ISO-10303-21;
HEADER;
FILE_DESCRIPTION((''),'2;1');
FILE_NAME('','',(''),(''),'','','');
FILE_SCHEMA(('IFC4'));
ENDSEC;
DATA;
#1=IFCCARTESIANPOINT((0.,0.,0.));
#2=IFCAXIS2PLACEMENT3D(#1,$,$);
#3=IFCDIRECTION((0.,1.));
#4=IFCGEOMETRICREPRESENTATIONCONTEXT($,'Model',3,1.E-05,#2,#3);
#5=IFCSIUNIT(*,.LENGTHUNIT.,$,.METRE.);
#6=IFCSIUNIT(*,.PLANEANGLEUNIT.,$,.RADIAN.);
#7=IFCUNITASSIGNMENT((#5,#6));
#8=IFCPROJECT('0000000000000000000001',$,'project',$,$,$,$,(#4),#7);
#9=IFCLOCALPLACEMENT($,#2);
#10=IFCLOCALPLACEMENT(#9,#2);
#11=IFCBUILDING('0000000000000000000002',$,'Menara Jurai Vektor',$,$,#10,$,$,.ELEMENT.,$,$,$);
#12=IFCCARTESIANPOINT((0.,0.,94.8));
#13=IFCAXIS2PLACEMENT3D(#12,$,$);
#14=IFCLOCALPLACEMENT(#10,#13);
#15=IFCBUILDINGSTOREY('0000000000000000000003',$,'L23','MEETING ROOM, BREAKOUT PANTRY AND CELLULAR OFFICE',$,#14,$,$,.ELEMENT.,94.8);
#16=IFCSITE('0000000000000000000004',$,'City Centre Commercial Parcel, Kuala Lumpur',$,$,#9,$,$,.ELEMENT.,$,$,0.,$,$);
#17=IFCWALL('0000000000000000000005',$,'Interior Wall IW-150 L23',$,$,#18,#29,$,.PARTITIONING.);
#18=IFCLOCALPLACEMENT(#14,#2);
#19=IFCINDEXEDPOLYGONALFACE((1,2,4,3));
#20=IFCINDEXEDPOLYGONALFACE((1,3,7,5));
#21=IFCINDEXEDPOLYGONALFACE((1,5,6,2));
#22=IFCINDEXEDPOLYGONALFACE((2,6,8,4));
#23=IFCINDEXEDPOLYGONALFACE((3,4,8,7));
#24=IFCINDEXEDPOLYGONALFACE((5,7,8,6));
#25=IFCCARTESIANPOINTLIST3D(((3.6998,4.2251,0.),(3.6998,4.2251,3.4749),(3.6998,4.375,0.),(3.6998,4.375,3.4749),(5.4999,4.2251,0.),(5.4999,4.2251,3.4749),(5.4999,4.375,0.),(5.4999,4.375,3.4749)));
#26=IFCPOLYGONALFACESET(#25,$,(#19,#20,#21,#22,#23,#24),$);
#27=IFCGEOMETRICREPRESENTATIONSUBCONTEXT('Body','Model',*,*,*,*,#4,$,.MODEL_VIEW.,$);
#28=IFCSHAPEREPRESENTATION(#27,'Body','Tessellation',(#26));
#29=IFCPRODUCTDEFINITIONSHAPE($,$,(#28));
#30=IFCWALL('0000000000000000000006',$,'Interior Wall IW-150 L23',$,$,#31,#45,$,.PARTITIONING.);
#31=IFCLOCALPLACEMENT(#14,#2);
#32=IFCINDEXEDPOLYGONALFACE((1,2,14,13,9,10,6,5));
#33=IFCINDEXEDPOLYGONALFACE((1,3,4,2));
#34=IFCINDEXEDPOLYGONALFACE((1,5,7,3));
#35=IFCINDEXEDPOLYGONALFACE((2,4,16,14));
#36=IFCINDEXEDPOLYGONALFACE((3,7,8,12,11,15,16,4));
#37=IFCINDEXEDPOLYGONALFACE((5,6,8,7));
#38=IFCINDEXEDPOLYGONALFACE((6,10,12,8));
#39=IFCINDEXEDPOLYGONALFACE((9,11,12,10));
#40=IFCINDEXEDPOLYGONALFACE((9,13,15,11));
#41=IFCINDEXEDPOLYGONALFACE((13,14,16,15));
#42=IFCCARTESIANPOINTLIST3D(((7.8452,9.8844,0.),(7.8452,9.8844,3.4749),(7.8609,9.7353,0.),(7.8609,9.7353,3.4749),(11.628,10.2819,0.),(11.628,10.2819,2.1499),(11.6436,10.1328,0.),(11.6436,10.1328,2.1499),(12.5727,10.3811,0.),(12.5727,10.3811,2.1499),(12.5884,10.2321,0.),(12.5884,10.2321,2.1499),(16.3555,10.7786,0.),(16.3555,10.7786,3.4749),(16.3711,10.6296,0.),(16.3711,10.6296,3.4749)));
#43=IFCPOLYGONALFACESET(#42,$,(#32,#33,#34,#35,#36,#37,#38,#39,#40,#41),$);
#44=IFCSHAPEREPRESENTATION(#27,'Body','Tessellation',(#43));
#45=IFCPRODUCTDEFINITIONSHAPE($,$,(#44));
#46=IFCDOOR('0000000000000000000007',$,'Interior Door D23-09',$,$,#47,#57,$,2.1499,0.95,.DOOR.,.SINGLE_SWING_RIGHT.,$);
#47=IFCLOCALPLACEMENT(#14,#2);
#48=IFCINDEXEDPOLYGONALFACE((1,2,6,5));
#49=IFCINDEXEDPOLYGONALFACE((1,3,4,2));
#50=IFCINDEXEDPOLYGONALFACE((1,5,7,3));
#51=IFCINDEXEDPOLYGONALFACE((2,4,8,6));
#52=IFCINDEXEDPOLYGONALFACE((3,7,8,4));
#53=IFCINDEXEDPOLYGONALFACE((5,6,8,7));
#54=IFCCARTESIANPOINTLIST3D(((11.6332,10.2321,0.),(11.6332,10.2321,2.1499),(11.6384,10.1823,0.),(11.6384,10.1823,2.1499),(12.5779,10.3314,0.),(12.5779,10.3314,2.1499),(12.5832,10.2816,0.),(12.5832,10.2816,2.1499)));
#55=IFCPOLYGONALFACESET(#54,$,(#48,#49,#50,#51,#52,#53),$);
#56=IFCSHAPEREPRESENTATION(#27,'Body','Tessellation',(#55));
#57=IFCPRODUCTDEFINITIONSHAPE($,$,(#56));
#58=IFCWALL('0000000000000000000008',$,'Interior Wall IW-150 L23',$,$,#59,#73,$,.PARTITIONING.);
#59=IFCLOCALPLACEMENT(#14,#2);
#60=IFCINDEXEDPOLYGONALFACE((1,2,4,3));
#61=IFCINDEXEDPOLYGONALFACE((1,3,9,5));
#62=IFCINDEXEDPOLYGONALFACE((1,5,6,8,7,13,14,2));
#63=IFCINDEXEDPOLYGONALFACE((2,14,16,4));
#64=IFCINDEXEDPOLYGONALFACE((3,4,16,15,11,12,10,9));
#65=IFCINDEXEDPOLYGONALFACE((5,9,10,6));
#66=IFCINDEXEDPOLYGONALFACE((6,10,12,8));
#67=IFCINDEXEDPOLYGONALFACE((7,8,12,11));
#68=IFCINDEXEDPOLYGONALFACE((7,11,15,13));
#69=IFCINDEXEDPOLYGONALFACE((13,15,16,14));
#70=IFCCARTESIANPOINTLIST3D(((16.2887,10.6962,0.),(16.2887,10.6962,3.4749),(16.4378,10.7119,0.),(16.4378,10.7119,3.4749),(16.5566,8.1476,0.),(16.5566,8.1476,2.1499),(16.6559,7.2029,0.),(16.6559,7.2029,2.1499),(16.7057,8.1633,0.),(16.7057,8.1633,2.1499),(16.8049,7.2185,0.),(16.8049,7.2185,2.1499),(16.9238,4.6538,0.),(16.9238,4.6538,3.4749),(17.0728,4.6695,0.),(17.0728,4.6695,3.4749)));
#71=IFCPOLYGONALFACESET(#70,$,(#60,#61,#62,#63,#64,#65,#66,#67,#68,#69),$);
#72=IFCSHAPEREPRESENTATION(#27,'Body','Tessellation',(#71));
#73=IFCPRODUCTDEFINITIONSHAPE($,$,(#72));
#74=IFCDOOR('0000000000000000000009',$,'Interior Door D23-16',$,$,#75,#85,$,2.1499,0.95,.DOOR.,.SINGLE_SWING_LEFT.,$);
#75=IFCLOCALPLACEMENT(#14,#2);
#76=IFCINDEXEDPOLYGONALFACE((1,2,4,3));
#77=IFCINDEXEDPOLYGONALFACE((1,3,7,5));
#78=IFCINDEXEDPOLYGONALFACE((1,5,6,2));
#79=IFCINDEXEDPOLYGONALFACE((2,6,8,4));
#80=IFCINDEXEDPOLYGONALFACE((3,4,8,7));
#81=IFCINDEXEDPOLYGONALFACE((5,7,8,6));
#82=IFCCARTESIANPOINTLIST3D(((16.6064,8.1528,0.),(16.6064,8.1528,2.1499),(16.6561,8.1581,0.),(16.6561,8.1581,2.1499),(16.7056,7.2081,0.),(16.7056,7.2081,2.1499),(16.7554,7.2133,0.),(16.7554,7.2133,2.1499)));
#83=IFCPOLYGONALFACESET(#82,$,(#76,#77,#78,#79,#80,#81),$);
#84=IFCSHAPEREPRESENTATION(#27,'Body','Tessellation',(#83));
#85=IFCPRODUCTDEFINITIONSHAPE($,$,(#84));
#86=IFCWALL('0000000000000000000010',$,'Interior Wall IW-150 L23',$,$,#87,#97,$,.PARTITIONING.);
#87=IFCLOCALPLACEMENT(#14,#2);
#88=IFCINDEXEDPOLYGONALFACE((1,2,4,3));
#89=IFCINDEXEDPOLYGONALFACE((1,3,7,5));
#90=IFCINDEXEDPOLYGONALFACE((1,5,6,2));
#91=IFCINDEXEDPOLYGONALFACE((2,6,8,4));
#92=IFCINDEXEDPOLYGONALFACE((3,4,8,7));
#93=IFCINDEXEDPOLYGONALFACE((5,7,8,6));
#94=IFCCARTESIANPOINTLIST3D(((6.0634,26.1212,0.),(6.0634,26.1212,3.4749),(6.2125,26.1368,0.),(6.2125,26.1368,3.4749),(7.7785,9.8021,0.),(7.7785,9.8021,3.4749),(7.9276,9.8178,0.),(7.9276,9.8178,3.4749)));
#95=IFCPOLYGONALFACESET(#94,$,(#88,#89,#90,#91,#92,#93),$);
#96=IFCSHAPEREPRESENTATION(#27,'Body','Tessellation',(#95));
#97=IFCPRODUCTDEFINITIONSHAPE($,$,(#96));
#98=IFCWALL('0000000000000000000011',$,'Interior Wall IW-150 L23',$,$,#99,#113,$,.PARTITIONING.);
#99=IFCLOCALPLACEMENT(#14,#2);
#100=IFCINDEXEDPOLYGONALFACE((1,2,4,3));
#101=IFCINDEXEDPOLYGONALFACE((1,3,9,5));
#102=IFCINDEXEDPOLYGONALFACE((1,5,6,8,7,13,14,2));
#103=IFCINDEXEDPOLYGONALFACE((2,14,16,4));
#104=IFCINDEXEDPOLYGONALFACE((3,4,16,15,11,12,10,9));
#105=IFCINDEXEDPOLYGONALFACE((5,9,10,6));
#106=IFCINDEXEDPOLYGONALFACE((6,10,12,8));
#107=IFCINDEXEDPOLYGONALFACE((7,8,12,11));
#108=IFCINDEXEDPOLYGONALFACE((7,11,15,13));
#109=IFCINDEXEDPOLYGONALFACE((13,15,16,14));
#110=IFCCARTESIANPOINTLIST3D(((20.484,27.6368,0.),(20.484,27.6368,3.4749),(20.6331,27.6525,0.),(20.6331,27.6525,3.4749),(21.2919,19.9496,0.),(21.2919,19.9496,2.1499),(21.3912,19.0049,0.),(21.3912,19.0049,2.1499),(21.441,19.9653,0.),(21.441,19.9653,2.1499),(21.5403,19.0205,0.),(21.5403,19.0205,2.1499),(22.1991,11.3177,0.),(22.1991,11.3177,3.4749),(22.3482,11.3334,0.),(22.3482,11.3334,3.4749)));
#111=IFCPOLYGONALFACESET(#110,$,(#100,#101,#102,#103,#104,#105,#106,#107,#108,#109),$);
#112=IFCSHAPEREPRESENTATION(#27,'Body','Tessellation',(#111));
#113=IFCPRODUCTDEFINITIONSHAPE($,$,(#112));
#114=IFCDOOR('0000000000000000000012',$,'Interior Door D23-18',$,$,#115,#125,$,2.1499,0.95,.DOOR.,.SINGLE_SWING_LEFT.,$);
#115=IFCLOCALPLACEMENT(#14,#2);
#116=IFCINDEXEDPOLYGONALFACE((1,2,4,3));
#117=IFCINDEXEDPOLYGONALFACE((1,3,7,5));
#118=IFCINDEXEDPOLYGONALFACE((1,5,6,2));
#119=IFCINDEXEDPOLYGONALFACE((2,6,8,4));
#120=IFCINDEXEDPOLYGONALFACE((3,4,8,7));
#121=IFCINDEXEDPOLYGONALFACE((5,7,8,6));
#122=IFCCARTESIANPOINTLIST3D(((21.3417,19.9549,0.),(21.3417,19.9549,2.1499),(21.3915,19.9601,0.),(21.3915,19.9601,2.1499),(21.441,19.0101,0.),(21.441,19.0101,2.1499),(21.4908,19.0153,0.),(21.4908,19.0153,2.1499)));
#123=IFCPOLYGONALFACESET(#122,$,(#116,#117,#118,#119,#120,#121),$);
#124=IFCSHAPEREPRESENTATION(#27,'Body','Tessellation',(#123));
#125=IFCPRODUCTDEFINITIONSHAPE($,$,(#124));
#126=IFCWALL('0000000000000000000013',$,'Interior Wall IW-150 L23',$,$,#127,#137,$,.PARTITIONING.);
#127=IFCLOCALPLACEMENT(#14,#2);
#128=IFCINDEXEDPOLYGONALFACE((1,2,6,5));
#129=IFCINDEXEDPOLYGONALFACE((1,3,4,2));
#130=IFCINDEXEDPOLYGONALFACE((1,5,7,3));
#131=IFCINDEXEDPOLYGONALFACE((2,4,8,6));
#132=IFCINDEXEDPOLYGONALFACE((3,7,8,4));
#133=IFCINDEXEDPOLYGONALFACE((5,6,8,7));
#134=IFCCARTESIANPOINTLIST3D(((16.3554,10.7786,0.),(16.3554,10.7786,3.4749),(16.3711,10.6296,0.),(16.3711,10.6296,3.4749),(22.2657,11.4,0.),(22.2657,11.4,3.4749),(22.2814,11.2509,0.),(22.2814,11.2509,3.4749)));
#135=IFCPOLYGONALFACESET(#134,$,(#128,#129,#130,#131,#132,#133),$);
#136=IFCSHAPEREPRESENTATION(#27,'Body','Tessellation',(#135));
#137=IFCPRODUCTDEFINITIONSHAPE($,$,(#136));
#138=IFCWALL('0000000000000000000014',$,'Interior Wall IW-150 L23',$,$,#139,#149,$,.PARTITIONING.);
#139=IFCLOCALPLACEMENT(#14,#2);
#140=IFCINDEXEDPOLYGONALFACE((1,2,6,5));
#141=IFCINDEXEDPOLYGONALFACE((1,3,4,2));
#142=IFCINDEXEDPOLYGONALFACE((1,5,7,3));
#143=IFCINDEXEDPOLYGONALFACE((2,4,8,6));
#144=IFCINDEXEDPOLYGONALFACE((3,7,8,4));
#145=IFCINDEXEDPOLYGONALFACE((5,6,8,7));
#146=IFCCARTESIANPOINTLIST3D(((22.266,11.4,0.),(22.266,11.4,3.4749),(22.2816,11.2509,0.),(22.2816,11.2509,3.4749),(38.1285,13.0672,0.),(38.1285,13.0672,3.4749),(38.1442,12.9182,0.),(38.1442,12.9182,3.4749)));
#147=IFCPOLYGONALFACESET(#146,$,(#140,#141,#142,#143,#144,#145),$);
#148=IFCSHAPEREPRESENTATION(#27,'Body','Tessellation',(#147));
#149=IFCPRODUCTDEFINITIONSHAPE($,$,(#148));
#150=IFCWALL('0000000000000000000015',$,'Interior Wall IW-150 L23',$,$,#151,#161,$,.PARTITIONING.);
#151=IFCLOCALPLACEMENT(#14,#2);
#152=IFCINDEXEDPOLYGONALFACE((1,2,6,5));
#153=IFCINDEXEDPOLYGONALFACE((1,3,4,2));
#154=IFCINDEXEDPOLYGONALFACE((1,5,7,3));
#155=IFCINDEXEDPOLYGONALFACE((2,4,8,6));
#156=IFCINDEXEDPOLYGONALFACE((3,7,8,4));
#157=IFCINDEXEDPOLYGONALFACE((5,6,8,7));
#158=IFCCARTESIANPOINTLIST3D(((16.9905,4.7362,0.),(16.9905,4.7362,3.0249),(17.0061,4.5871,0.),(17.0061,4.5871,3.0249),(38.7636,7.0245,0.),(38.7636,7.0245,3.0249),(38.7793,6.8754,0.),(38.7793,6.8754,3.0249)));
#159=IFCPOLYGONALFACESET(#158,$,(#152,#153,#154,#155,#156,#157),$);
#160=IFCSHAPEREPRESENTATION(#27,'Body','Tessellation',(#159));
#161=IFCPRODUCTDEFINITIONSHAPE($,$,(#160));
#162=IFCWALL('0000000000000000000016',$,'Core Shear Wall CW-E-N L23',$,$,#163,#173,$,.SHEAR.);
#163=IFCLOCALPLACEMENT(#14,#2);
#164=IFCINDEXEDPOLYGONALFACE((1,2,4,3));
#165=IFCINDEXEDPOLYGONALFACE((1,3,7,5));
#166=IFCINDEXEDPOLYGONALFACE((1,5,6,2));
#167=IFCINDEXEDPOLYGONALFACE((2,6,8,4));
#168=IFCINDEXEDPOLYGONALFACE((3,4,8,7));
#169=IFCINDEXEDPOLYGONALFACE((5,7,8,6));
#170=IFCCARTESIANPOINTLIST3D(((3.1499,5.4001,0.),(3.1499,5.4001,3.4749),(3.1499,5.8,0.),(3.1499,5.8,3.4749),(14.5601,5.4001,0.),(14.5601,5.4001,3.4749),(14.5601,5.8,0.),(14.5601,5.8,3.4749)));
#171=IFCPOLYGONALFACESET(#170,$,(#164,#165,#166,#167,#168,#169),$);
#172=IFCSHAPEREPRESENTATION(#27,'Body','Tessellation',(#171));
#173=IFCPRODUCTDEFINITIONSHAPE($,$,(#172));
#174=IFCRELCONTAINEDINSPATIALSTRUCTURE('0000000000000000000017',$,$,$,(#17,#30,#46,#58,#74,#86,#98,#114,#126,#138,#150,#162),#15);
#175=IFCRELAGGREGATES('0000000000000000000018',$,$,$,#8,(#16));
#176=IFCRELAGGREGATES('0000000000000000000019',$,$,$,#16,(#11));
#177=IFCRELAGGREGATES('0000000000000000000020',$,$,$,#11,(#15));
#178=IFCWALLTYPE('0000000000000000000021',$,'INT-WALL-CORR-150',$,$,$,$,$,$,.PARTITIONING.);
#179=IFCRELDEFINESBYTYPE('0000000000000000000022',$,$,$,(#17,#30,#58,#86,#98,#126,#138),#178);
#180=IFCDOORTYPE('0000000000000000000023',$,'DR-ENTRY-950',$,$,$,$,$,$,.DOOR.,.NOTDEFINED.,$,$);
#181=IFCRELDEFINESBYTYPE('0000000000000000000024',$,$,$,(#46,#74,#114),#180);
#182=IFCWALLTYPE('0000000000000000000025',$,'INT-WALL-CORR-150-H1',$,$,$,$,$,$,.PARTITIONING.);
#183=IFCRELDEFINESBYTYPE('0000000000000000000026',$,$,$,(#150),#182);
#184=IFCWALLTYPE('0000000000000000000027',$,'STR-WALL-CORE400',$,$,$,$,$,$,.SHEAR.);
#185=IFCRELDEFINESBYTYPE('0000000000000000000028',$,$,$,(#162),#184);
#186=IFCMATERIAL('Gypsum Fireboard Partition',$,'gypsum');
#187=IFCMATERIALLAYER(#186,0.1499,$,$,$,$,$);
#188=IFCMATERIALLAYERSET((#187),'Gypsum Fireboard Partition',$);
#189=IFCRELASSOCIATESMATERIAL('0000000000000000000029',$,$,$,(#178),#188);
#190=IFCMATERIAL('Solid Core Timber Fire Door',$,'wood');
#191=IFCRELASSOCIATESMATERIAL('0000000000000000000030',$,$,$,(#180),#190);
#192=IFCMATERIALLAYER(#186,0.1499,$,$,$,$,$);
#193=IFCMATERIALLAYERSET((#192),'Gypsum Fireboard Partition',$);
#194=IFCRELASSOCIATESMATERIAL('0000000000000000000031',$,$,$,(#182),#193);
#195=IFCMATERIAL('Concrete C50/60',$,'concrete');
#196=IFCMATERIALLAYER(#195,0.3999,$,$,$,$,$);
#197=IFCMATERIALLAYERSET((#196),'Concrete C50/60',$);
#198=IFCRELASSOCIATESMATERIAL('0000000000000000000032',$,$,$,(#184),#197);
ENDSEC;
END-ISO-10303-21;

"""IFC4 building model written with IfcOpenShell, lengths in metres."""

from ifc_helpers import new_model, si_unit, direction, frame, frame_2d, origin, place, context, subcontext, project, spatial, rectangle, extrude, material, layer, layer_set, type_object, element, fill, save


model = new_model("IFC4")

# Units and contexts
model_context = context("Model", 3, precision=1e-05, world=origin(), true_north=direction((0.0, 1.0)))
body_context = subcontext(model_context, "Body", "Model", "MODEL_VIEW")
ifc_project = project(units=[si_unit("LENGTHUNIT", "METRE"), si_unit("PLANEANGLEUNIT", "RADIAN")], contexts=[model_context])

# Site, building, storey
site_placement = place(None, origin())
site = spatial("IfcSite", under=ifc_project, at=site_placement, Name="City Centre Commercial Parcel, Kuala Lumpur", CompositionType="ELEMENT", RefElevation=0.0)
building_placement = place(site_placement, origin())
building = spatial("IfcBuilding", under=site, at=building_placement, Name="Menara Jurai Vektor", CompositionType="ELEMENT")
storey_placement = place(building_placement, frame((0.0, 0.0, 94.8)))
storey = spatial("IfcBuildingStorey", under=building, at=storey_placement, Name="L23", Description="MEETING ROOM, BREAKOUT PANTRY AND CELLULAR OFFICE", CompositionType="ELEMENT", Elevation=94.8)

# Shared definitions
ifc_material_1 = material(Name="Concrete C50/60", Category="concrete")

# Wall
ifc_material_2 = material(Name="Gypsum Fireboard Partition", Category="gypsum")
ifc_layer_1 = layer(ifc_material_2, 0.1499)
ifc_layer_set_1 = layer_set([ifc_layer_1], Name="Gypsum Fireboard Partition")
wall_type_1 = type_object("IfcWallType", Name="INT-WALL-CORR-150", PredefinedType="PARTITIONING", material=ifc_layer_set_1)
wall_1_placement = place(storey_placement, frame((3.7, 4.3, 0.0), z_axis=(0.0, 0.0, 1.0), x_axis=(1.0, 0.0, 0.0)))
element("IfcWall", 1, at=wall_1_placement, inside=storey, type_object=wall_type_1, Name="Interior Wall IW-150 L23", PredefinedType="PARTITIONING", context=body_context, shape_type="SweptSolid", body=[
    extrude(rectangle(XDim=1.8, YDim=0.1499, at=frame_2d((0.8999, 0.0))), origin(), (0.0, 0.0, 1.0), 3.4749),
])

# Walls, openings, doors
wall_2_placement = place(storey_placement, frame((7.853, 9.8098, 0.0), z_axis=(0.0, 0.0, 1.0), x_axis=(0.994524, 0.104508, 0.0)))
wall_2 = element("IfcWall", 2, at=wall_2_placement, inside=storey, type_object=wall_type_1, Name="Interior Wall IW-150 L23", PredefinedType="PARTITIONING", context=body_context, shape_type="SweptSolid", body=[
    extrude(rectangle(XDim=8.5571, YDim=0.1499, at=frame_2d((4.2786, 0.0))), origin(), (0.0, 0.0, 1.0), 3.4749),
])
opening_1_placement = place(wall_2_placement, frame((3.8035, 0.0, 0.0)))
opening_1 = element("IfcOpeningElement", 3, at=opening_1_placement, cuts=wall_2, PredefinedType="OPENING", context=body_context, shape_type="SweptSolid", body=[
    extrude(rectangle(XDim=0.95, YDim=2.1499, at=frame_2d((0.4751, 1.075))), frame((0.0, 0.085, 0.0), z_axis=(0.0, -1.0, 0.0), x_axis=(1.0, 0.0, 0.0)), (0.0, 0.0, 1.0), 0.1699),
])
ifc_material_3 = material(Name="Solid Core Timber Fire Door", Category="wood")
door_type_1 = type_object("IfcDoorType", Name="DR-ENTRY-950", OperationType="NOTDEFINED", PredefinedType="DOOR", material=ifc_material_3)
door_1_placement = place(opening_1_placement, origin())
door_1 = element("IfcDoor", 4, at=door_1_placement, inside=storey, type_object=door_type_1, Name="Interior Door D23-09", OperationType="SINGLE_SWING_RIGHT", OverallHeight=2.1499, OverallWidth=0.95, PredefinedType="DOOR", context=body_context, shape_type="SweptSolid", body=[
    extrude(rectangle(XDim=0.95, YDim=2.1499, at=frame_2d((0.4751, 1.075))), frame((0.0, 0.0249, 0.0), z_axis=(0.0, -1.0, 0.0), x_axis=(1.0, 0.0, 0.0)), (0.0, 0.0, 1.0), 0.05),
])
fill(opening_1, door_1)
wall_3_placement = place(storey_placement, frame((16.9983, 4.6616, 0.0), z_axis=(0.0, 0.0, 1.0), x_axis=(-0.104515, 0.994523, 0.0)))
wall_3 = element("IfcWall", 5, at=wall_3_placement, inside=storey, type_object=wall_type_1, Name="Interior Wall IW-150 L23", PredefinedType="PARTITIONING", context=body_context, shape_type="SweptSolid", body=[
    extrude(rectangle(XDim=6.0757, YDim=0.1499, at=frame_2d((3.0378, 0.0))), origin(), (0.0, 0.0, 1.0), 3.4749),
])
opening_2_placement = place(wall_3_placement, frame((2.563, 0.0, 0.0)))
opening_2 = element("IfcOpeningElement", 6, at=opening_2_placement, cuts=wall_3, PredefinedType="OPENING", context=body_context, shape_type="SweptSolid", body=[
    extrude(rectangle(XDim=0.95, YDim=2.1499, at=frame_2d((0.4751, 1.075))), frame((0.0, 0.085, 0.0), z_axis=(0.0, -1.0, 0.0), x_axis=(1.0, 0.0, 0.0)), (0.0, 0.0, 1.0), 0.1699),
])
door_2_placement = place(opening_2_placement, origin())
door_2 = element("IfcDoor", 7, at=door_2_placement, inside=storey, type_object=door_type_1, Name="Interior Door D23-16", OperationType="SINGLE_SWING_LEFT", OverallHeight=2.1499, OverallWidth=0.95, PredefinedType="DOOR", context=body_context, shape_type="SweptSolid", body=[
    extrude(rectangle(XDim=0.95, YDim=2.1499, at=frame_2d((0.4751, 1.075))), frame((0.0, 0.0249, 0.0), z_axis=(0.0, -1.0, 0.0), x_axis=(1.0, 0.0, 0.0)), (0.0, 0.0, 1.0), 0.05),
])
fill(opening_2, door_2)

# Wall
wall_4_placement = place(storey_placement, frame((7.853, 9.8098, 0.0), z_axis=(0.0, 0.0, 1.0), x_axis=(-0.104521, 0.994523, 0.0)))
element("IfcWall", 8, at=wall_4_placement, inside=storey, type_object=wall_type_1, Name="Interior Wall IW-150 L23", PredefinedType="PARTITIONING", context=body_context, shape_type="SweptSolid", body=[
    extrude(rectangle(XDim=16.4089, YDim=0.1499, at=frame_2d((8.2046, 0.0))), origin(), (0.0, 0.0, 1.0), 3.4749),
])

# Wall, opening, door
wall_5_placement = place(storey_placement, frame((22.2737, 11.3254, 0.0), z_axis=(0.0, 0.0, 1.0), x_axis=(-0.104521, 0.994523, 0.0)))
wall_5 = element("IfcWall", 9, at=wall_5_placement, inside=storey, type_object=wall_type_1, Name="Interior Wall IW-150 L23", PredefinedType="PARTITIONING", context=body_context, shape_type="SweptSolid", body=[
    extrude(rectangle(XDim=16.4089, YDim=0.1499, at=frame_2d((8.2046, 0.0))), origin(), (0.0, 0.0, 1.0), 3.4749),
])
opening_3_placement = place(wall_5_placement, frame((7.7295, 0.0, 0.0)))
opening_3 = element("IfcOpeningElement", 10, at=opening_3_placement, cuts=wall_5, PredefinedType="OPENING", context=body_context, shape_type="SweptSolid", body=[
    extrude(rectangle(XDim=0.95, YDim=2.1499, at=frame_2d((0.4751, 1.075))), frame((0.0, 0.085, 0.0), z_axis=(0.0, -1.0, 0.0), x_axis=(1.0, 0.0, 0.0)), (0.0, 0.0, 1.0), 0.1699),
])
door_3_placement = place(opening_3_placement, origin())
door_3 = element("IfcDoor", 11, at=door_3_placement, inside=storey, type_object=door_type_1, Name="Interior Door D23-18", OperationType="SINGLE_SWING_LEFT", OverallHeight=2.1499, OverallWidth=0.95, PredefinedType="DOOR", context=body_context, shape_type="SweptSolid", body=[
    extrude(rectangle(XDim=0.95, YDim=2.1499, at=frame_2d((0.4751, 1.075))), frame((0.0, 0.0249, 0.0), z_axis=(0.0, -1.0, 0.0), x_axis=(1.0, 0.0, 0.0)), (0.0, 0.0, 1.0), 0.05),
])
fill(opening_3, door_3)

# Walls
wall_6_placement = place(storey_placement, frame((16.3633, 10.7041, 0.0), z_axis=(0.0, 0.0, 1.0), x_axis=(0.99452, 0.10455, 0.0)))
element("IfcWall", 12, at=wall_6_placement, inside=storey, type_object=wall_type_1, Name="Interior Wall IW-150 L23", PredefinedType="PARTITIONING", context=body_context, shape_type="SweptSolid", body=[
    extrude(rectangle(XDim=5.9429, YDim=0.1499, at=frame_2d((2.9714, 0.0))), origin(), (0.0, 0.0, 1.0), 3.4749),
])
wall_7_placement = place(storey_placement, frame((22.2737, 11.3254, 0.0), z_axis=(0.0, 0.0, 1.0), x_axis=(0.994522, 0.104529, 0.0)))
element("IfcWall", 13, at=wall_7_placement, inside=storey, type_object=wall_type_1, Name="Interior Wall IW-150 L23", PredefinedType="PARTITIONING", context=body_context, shape_type="SweptSolid", body=[
    extrude(rectangle(XDim=15.95, YDim=0.1499, at=frame_2d((7.9751, 0.0))), origin(), (0.0, 0.0, 1.0), 3.4749),
])
ifc_layer_2 = layer(ifc_material_2, 0.1499)
ifc_layer_set_2 = layer_set([ifc_layer_2], Name="Gypsum Fireboard Partition")
wall_type_2 = type_object("IfcWallType", Name="INT-WALL-CORR-150-H1", PredefinedType="PARTITIONING", material=ifc_layer_set_2)
wall_8_placement = place(storey_placement, frame((16.9983, 4.6616, 0.0), z_axis=(0.0, 0.0, 1.0), x_axis=(0.994522, 0.104523, 0.0)))
element("IfcWall", 14, at=wall_8_placement, inside=storey, type_object=wall_type_2, Name="Interior Wall IW-150 L23", PredefinedType="PARTITIONING", context=body_context, shape_type="SweptSolid", body=[
    extrude(rectangle(XDim=21.8931, YDim=0.1499, at=frame_2d((10.9465, 0.0))), origin(), (0.0, 0.0, 1.0), 3.0249),
])
ifc_layer_3 = layer(ifc_material_1, 0.3999)
ifc_layer_set_3 = layer_set([ifc_layer_3], Name="Concrete C50/60")
wall_type_3 = type_object("IfcWallType", Name="STR-WALL-CORE400", PredefinedType="SHEAR", material=ifc_layer_set_3)
wall_9_placement = place(storey_placement, frame((3.1499, 5.6001, 0.0), z_axis=(0.0, 0.0, 1.0), x_axis=(1.0, 0.0, 0.0)))
element("IfcWall", 15, at=wall_9_placement, inside=storey, type_object=wall_type_3, Name="Core Shear Wall CW-E-N L23", PredefinedType="SHEAR", context=body_context, shape_type="SweptSolid", body=[
    extrude(rectangle(XDim=11.4102, YDim=0.3999, at=frame_2d((5.7051, 0.0))), origin(), (0.0, 0.0, 1.0), 3.4749),
])

save(model, "model.ifc")
